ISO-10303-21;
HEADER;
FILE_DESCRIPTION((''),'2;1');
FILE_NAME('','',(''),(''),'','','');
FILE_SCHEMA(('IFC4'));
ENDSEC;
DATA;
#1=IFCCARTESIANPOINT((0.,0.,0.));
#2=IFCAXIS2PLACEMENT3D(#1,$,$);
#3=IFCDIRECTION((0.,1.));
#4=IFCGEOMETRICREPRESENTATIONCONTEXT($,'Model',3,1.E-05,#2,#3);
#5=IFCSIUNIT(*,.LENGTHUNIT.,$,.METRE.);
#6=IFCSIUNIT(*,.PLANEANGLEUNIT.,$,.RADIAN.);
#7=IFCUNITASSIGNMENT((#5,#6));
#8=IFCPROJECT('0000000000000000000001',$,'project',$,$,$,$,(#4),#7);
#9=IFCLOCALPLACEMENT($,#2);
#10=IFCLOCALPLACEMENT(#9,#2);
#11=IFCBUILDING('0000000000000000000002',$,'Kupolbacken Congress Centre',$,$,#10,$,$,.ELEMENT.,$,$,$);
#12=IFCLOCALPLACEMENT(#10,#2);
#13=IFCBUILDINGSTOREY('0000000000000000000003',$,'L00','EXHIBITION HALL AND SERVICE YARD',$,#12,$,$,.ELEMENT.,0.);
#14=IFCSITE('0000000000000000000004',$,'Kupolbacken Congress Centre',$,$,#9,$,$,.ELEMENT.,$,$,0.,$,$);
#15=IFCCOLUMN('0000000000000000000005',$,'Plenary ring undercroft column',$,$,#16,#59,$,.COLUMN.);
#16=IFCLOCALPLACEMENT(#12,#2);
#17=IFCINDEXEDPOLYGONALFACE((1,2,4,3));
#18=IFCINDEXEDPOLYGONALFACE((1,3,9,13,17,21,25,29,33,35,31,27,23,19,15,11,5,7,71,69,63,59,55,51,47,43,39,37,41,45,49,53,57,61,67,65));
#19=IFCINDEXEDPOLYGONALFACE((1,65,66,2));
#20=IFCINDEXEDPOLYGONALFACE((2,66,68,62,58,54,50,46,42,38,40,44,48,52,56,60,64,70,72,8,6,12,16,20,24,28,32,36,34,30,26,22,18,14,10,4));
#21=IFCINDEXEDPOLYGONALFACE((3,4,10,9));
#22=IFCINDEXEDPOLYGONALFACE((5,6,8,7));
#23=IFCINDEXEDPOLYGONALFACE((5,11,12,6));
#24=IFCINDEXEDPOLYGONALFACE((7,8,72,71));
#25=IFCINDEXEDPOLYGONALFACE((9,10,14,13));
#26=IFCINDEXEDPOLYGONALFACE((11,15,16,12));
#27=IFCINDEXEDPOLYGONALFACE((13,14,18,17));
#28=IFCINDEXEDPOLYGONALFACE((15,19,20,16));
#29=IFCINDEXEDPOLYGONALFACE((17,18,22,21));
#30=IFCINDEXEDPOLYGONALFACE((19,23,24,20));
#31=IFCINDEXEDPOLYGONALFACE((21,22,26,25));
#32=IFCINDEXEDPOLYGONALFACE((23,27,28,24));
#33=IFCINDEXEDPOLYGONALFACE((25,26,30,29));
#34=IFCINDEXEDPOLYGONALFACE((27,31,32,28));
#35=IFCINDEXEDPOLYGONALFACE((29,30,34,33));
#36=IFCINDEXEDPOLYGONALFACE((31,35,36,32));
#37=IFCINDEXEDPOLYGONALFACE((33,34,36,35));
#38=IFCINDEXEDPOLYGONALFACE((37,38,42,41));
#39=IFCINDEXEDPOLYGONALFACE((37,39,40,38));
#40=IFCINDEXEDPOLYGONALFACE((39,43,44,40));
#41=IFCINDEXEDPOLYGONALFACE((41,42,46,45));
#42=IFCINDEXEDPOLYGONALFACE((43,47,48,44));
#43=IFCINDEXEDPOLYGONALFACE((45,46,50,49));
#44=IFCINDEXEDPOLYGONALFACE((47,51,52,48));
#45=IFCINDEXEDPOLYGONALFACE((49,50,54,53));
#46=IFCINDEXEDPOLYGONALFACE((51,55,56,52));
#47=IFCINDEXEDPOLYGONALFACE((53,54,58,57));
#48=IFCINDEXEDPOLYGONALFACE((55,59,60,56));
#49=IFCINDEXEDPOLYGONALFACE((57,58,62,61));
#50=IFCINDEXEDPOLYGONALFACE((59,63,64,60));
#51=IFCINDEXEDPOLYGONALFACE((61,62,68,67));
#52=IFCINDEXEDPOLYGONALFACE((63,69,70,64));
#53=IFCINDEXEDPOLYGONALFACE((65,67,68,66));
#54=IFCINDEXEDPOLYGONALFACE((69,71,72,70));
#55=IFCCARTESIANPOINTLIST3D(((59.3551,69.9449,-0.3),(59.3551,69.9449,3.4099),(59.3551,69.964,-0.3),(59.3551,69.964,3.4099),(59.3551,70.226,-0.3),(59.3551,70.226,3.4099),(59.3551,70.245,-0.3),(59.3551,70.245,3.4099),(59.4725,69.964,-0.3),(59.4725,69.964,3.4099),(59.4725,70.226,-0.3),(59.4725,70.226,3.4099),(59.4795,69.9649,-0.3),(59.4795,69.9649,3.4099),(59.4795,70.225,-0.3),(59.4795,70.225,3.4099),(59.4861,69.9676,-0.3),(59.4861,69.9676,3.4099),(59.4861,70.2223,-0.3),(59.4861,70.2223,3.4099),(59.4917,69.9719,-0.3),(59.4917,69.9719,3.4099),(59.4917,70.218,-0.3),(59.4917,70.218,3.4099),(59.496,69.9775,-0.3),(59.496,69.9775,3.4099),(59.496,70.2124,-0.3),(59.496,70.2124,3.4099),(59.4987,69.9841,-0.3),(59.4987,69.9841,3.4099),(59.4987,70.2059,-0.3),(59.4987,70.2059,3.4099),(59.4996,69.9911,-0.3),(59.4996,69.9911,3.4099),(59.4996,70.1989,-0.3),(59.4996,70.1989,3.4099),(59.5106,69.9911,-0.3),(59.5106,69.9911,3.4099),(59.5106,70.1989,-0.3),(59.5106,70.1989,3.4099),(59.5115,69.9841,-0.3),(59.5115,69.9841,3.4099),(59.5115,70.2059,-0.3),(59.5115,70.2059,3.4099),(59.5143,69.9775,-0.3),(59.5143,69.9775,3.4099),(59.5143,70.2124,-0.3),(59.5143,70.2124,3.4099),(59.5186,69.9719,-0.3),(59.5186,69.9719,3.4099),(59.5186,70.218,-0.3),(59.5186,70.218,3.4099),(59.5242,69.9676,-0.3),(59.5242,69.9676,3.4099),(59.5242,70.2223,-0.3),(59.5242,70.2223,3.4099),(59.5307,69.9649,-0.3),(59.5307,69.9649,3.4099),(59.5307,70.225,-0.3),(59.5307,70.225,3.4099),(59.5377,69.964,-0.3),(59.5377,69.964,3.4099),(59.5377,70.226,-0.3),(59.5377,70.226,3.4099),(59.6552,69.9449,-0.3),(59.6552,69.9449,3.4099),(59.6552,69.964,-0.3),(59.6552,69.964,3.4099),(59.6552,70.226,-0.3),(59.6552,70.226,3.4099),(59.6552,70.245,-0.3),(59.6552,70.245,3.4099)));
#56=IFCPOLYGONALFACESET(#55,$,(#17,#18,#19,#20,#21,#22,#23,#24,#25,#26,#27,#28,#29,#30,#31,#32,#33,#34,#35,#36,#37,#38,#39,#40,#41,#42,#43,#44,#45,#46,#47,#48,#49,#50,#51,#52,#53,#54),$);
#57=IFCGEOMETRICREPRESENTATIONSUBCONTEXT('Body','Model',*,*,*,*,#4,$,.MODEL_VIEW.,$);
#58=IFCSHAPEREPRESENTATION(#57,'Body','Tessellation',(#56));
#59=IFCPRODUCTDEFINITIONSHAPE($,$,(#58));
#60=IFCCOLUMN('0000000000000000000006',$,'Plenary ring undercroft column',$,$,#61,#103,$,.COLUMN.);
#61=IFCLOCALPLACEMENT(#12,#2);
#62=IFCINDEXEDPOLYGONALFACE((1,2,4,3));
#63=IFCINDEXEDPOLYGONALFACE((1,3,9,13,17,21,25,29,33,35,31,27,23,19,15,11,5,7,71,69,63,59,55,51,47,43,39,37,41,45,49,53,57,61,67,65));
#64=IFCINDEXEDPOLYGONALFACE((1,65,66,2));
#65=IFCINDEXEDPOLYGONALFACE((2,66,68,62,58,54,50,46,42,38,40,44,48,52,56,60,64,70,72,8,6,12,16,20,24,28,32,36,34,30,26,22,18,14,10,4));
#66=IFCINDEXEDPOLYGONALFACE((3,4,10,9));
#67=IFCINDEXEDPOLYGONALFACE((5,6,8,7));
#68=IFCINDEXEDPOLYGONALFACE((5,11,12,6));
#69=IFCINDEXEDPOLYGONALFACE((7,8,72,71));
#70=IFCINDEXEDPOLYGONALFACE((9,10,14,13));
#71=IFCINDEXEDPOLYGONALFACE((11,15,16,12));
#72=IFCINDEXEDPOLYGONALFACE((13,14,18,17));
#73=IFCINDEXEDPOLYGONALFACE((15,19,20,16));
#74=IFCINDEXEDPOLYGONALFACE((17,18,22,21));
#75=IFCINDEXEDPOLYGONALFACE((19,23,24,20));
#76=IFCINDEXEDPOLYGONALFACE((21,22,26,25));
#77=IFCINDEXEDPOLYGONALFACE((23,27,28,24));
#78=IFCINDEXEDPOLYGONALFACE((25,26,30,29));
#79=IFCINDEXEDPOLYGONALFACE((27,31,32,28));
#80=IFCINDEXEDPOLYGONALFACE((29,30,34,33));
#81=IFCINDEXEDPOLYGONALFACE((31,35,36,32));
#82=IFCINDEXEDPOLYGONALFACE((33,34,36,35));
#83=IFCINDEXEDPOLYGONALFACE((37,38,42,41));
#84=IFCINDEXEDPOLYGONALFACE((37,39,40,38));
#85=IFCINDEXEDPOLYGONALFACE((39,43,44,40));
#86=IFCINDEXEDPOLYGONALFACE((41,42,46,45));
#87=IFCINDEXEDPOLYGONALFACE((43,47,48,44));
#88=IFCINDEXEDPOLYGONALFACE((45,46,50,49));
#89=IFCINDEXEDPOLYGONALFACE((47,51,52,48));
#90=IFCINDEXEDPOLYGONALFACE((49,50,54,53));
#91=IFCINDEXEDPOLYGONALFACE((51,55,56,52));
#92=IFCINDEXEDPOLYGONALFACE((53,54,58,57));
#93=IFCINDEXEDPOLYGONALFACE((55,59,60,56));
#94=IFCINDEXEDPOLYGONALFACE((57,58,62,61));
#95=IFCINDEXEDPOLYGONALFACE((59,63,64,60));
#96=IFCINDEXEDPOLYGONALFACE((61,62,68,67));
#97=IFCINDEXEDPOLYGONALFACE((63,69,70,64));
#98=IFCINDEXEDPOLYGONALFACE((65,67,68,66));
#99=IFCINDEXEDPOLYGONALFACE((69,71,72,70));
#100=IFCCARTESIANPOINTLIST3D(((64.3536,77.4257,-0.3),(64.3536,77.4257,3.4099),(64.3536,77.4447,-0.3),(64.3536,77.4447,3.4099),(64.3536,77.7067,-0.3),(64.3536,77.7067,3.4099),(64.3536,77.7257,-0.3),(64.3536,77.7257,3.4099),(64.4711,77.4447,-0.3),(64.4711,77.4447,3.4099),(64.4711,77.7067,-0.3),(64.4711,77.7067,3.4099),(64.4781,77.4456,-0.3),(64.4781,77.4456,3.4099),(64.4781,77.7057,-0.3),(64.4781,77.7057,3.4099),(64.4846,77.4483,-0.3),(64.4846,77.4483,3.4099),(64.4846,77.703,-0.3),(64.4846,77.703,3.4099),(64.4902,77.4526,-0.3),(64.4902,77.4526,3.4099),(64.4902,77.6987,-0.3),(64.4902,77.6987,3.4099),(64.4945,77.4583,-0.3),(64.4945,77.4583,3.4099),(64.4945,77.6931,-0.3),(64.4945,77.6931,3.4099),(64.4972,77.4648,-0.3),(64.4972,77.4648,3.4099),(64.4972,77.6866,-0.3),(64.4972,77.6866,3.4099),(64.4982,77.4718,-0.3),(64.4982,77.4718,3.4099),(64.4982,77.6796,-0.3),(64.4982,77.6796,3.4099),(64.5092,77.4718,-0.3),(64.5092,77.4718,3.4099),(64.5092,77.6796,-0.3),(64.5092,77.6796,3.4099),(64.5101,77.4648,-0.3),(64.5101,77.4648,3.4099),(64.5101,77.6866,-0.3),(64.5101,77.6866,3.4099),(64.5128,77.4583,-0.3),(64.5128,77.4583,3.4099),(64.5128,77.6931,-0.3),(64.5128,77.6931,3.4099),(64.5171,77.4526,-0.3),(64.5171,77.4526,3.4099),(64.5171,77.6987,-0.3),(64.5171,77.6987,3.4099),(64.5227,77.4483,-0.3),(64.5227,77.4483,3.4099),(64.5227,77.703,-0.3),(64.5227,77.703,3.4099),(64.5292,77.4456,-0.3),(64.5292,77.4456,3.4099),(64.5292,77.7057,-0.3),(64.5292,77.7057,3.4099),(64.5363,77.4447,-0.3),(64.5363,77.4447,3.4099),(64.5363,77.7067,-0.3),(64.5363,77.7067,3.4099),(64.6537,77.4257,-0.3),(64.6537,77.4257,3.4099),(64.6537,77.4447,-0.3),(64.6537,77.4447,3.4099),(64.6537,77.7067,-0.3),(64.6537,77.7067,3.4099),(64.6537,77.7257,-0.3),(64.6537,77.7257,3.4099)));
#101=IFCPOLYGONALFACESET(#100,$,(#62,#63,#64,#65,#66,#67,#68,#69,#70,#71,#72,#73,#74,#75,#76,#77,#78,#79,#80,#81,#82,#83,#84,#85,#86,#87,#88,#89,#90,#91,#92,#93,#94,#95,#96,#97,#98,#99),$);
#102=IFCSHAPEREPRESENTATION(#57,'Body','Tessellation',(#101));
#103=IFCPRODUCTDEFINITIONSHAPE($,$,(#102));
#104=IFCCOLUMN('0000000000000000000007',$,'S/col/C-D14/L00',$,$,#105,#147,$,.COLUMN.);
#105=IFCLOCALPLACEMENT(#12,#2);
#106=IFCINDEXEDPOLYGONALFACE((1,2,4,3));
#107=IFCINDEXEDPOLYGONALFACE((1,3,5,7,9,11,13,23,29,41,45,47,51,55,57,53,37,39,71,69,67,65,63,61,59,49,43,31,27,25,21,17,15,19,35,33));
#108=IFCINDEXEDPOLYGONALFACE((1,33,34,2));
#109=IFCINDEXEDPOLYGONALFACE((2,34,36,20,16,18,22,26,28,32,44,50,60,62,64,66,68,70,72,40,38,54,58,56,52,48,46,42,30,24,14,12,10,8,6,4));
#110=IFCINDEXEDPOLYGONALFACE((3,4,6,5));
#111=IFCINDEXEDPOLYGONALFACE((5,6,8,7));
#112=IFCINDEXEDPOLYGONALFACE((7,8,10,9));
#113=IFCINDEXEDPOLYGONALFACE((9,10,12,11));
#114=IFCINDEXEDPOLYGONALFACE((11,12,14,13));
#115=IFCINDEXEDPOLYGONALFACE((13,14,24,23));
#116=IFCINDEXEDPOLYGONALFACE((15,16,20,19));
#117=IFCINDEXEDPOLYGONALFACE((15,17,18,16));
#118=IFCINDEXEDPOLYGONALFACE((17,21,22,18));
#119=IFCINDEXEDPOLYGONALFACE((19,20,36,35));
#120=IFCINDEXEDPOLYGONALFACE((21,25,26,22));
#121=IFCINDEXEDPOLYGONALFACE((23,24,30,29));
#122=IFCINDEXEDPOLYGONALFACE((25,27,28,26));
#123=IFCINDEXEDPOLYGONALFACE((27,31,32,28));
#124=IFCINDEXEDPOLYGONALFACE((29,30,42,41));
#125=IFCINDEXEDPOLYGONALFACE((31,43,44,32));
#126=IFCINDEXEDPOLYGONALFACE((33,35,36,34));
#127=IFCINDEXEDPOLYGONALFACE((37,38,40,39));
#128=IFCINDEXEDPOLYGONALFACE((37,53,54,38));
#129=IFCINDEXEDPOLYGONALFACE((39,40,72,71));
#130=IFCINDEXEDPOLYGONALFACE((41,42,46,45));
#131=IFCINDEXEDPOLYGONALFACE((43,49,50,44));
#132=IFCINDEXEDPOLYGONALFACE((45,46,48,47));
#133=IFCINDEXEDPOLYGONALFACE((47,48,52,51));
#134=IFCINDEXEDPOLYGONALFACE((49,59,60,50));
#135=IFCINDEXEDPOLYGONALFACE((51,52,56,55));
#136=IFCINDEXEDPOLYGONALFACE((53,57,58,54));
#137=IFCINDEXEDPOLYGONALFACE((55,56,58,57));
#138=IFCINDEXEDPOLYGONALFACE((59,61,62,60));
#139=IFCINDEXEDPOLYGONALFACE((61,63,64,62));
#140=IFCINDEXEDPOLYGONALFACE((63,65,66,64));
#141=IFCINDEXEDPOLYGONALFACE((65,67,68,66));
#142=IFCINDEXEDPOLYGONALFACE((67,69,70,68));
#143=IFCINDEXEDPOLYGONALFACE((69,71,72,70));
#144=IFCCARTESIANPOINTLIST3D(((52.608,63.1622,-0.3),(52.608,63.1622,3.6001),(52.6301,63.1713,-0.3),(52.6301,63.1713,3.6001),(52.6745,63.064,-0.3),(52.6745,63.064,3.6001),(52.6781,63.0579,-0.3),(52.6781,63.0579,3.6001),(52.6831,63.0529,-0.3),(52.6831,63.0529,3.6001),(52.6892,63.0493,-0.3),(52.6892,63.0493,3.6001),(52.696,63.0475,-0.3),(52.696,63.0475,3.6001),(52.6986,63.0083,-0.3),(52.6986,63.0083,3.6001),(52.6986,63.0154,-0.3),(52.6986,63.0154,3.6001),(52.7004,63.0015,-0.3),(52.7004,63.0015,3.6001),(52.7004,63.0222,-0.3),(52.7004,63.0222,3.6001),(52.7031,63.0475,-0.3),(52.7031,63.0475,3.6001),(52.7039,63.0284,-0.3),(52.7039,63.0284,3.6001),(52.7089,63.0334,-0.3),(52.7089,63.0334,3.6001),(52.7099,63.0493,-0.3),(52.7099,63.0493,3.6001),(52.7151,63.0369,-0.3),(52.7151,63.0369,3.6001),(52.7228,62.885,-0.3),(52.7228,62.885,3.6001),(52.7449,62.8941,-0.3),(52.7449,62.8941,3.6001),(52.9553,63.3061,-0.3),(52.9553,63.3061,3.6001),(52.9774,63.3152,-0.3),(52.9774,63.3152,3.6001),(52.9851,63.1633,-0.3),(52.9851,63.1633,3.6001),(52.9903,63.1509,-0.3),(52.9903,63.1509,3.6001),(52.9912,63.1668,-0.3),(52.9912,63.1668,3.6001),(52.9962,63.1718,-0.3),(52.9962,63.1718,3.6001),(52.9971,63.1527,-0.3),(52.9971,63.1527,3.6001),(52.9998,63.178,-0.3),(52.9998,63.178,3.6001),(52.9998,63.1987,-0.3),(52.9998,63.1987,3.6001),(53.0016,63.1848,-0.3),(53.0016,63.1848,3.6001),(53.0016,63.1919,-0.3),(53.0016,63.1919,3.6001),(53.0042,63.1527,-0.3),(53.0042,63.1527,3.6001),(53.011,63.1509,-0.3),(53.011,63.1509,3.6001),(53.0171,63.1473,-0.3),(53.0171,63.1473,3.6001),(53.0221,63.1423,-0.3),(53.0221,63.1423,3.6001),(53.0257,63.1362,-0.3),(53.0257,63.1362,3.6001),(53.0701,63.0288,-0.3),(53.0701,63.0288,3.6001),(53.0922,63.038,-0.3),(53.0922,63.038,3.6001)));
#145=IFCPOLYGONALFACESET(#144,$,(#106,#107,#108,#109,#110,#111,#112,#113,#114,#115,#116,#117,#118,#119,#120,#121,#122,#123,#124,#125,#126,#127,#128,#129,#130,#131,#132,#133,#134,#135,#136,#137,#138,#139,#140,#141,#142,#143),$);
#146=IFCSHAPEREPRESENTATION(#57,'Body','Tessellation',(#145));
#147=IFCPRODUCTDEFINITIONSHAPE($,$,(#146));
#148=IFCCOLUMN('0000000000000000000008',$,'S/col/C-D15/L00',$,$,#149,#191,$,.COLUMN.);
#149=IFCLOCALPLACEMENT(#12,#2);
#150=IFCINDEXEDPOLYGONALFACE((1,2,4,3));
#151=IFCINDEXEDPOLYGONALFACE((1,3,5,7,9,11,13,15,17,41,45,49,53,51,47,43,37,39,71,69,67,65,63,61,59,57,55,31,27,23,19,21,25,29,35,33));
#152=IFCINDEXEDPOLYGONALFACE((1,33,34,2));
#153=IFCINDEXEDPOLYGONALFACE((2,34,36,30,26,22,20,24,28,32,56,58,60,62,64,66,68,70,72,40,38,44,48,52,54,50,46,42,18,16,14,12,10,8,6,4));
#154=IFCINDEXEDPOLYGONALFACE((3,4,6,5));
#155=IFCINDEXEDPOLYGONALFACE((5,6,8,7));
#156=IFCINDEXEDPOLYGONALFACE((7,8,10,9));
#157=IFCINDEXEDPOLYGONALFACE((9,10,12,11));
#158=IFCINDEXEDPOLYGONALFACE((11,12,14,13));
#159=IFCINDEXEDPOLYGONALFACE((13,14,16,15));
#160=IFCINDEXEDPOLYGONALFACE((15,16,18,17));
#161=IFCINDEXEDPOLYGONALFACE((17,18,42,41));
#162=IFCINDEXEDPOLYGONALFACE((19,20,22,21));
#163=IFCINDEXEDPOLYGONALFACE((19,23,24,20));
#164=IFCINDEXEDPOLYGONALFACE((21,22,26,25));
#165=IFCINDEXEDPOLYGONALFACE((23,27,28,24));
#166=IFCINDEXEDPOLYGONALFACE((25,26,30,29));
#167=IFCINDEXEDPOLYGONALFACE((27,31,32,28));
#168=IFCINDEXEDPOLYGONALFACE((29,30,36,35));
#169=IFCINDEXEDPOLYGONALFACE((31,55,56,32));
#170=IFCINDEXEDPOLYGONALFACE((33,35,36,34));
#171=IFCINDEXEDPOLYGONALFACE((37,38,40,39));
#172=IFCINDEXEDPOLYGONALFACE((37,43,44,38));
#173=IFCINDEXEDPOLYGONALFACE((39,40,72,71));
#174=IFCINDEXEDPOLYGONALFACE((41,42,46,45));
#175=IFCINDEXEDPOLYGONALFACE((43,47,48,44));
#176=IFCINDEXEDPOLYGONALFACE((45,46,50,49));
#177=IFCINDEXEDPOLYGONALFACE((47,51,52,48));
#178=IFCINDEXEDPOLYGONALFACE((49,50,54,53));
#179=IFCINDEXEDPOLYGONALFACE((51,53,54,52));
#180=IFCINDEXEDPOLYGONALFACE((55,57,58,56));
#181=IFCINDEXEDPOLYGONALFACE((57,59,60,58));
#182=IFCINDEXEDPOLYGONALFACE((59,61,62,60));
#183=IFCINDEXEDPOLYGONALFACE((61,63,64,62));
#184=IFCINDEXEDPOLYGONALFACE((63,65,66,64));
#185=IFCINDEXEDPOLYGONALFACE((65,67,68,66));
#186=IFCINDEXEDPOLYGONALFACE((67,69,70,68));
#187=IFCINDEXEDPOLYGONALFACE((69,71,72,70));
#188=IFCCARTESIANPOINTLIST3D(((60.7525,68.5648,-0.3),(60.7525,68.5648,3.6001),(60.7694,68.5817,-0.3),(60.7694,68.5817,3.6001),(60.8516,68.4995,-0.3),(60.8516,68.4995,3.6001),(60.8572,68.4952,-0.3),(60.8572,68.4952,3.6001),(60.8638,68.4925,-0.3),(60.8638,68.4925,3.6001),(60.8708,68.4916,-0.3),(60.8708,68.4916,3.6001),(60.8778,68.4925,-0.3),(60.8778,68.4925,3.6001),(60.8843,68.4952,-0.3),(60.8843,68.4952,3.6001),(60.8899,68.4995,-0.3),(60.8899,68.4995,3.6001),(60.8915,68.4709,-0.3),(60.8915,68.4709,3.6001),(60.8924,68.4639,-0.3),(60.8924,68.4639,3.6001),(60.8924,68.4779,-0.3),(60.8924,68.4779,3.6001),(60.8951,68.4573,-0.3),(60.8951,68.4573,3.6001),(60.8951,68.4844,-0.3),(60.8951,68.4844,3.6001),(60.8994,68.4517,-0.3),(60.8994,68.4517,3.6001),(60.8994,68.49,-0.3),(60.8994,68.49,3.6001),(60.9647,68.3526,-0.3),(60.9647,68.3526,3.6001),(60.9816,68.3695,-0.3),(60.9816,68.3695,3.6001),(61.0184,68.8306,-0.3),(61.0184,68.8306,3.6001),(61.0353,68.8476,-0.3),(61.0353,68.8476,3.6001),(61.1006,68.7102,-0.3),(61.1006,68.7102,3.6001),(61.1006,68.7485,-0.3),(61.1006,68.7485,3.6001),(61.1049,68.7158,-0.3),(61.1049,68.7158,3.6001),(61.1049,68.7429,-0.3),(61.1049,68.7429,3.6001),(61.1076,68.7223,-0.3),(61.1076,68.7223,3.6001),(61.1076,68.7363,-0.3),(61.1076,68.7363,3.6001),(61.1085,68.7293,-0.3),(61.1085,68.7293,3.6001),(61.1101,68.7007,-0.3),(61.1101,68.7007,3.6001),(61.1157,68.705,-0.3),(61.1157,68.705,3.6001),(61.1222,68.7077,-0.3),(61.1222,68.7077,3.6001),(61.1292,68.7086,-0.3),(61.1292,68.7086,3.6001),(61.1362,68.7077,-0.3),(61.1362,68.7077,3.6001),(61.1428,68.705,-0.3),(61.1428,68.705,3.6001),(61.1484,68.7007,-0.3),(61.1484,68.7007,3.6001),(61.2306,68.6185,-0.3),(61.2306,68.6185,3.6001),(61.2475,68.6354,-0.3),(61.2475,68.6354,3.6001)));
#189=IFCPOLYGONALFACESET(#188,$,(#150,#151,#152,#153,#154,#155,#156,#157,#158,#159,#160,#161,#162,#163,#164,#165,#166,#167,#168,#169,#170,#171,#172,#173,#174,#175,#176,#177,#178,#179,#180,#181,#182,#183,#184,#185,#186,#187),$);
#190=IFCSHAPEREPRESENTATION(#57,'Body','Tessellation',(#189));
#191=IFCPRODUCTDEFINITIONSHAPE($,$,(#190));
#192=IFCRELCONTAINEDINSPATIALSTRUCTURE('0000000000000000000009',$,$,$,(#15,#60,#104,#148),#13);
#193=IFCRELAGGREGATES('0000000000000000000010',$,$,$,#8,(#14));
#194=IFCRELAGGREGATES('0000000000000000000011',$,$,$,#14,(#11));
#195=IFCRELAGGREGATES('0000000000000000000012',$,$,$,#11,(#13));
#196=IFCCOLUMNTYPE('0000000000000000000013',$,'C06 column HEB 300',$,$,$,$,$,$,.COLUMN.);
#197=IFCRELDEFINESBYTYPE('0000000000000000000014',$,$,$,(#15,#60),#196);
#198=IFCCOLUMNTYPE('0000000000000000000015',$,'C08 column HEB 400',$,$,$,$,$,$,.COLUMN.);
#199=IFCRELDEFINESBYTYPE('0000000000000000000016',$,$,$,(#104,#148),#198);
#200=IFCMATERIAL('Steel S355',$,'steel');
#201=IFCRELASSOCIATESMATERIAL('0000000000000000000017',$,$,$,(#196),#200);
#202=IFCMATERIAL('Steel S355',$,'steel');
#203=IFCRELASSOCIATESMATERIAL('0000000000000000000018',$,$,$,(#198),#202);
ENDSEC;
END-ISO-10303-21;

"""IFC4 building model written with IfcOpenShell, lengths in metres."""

from ifc_helpers import new_model, si_unit, direction, frame, origin, origin_2d, place, context, subcontext, project, spatial, i_section, extrude, material, material_profile, profile_set, type_object, element, save


model = new_model("IFC4")

# Units and contexts
model_context = context("Model", 3, precision=1e-05, world=origin(), true_north=direction((0.0, 1.0)))
body_context = subcontext(model_context, "Body", "Model", "MODEL_VIEW")
ifc_project = project(units=[si_unit("LENGTHUNIT", "METRE"), si_unit("PLANEANGLEUNIT", "RADIAN")], contexts=[model_context])

# Site, building, storey
site_placement = place(None, origin())
site = spatial("IfcSite", under=ifc_project, at=site_placement, Name="Kupolbacken Congress Centre", CompositionType="ELEMENT", RefElevation=0.0)
building_placement = place(site_placement, origin())
building = spatial("IfcBuilding", under=site, at=building_placement, Name="Kupolbacken Congress Centre", CompositionType="ELEMENT")
storey_placement = place(building_placement, origin())
storey = spatial("IfcBuildingStorey", under=building, at=storey_placement, Name="L00", Description="EXHIBITION HALL AND SERVICE YARD", CompositionType="ELEMENT", Elevation=0.0)

# Columns
ifc_material_1 = material(Name="Steel S355", Category="steel")
ifc_material_profile_1 = material_profile(ifc_material_1, i_section(OverallWidth=0.3, OverallDepth=0.3, WebThickness=0.011, FlangeThickness=0.019, FilletRadius=0.0271, at=origin_2d()), Name="HEB 300")
ifc_profile_set_1 = profile_set([ifc_material_profile_1], Name="Steel S355")
column_type_1 = type_object("IfcColumnType", Name="C06 column HEB 300", PredefinedType="COLUMN", material=ifc_profile_set_1)
for number, where, z_axis, x_axis, name in (
    (1, (59.5051, 70.095, -0.3), (0.0, 0.0, 1.0), (1.0, 0.0, 0.0), "Plenary ring undercroft column"),
    (2, (64.5037, 77.5757, -0.3), (0.0, 0.0, 1.0), (1.0, 0.0, 0.0), "Plenary ring undercroft column"),
):
    element("IfcColumn", number, at=place(storey_placement, frame(where, z_axis=z_axis, x_axis=x_axis)), inside=storey, type_object=column_type_1, Name=name, PredefinedType="COLUMN", context=body_context, shape_type="SweptSolid", body=[
        extrude(i_section(OverallWidth=0.3, OverallDepth=0.3, WebThickness=0.011, FlangeThickness=0.019, FilletRadius=0.0271, at=origin_2d()), origin(), (0.0, 0.0, 1.0), 3.71),
    ])
ifc_material_2 = material(Name="Steel S355", Category="steel")
ifc_material_profile_2 = material_profile(ifc_material_2, i_section(OverallWidth=0.3, OverallDepth=0.3999, WebThickness=0.0134, FlangeThickness=0.0239, FilletRadius=0.0271, at=origin_2d()), Name="HEB 400")
ifc_profile_set_2 = profile_set([ifc_material_profile_2], Name="Steel S355")
column_type_2 = type_object("IfcColumnType", Name="C08 column HEB 400", PredefinedType="COLUMN", material=ifc_profile_set_2)
for number, where, z_axis, x_axis, name in (
    (3, (52.8501, 63.1001, -0.3), (0.0, 0.0, 1.0), (0.382644, -0.923896, 0.0), "S/col/C-D14/L00"),
    (4, (61.0, 68.6001, -0.3), (0.0, 0.0, 1.0), (0.707107, -0.707107, 0.0), "S/col/C-D15/L00"),
):
    element("IfcColumn", number, at=place(storey_placement, frame(where, z_axis=z_axis, x_axis=x_axis)), inside=storey, type_object=column_type_2, Name=name, PredefinedType="COLUMN", context=body_context, shape_type="SweptSolid", body=[
        extrude(i_section(OverallWidth=0.3, OverallDepth=0.3999, WebThickness=0.0134, FlangeThickness=0.0239, FilletRadius=0.0271, at=origin_2d()), origin(), (0.0, 0.0, 1.0), 3.9001),
    ])

save(model, "model.ifc")
